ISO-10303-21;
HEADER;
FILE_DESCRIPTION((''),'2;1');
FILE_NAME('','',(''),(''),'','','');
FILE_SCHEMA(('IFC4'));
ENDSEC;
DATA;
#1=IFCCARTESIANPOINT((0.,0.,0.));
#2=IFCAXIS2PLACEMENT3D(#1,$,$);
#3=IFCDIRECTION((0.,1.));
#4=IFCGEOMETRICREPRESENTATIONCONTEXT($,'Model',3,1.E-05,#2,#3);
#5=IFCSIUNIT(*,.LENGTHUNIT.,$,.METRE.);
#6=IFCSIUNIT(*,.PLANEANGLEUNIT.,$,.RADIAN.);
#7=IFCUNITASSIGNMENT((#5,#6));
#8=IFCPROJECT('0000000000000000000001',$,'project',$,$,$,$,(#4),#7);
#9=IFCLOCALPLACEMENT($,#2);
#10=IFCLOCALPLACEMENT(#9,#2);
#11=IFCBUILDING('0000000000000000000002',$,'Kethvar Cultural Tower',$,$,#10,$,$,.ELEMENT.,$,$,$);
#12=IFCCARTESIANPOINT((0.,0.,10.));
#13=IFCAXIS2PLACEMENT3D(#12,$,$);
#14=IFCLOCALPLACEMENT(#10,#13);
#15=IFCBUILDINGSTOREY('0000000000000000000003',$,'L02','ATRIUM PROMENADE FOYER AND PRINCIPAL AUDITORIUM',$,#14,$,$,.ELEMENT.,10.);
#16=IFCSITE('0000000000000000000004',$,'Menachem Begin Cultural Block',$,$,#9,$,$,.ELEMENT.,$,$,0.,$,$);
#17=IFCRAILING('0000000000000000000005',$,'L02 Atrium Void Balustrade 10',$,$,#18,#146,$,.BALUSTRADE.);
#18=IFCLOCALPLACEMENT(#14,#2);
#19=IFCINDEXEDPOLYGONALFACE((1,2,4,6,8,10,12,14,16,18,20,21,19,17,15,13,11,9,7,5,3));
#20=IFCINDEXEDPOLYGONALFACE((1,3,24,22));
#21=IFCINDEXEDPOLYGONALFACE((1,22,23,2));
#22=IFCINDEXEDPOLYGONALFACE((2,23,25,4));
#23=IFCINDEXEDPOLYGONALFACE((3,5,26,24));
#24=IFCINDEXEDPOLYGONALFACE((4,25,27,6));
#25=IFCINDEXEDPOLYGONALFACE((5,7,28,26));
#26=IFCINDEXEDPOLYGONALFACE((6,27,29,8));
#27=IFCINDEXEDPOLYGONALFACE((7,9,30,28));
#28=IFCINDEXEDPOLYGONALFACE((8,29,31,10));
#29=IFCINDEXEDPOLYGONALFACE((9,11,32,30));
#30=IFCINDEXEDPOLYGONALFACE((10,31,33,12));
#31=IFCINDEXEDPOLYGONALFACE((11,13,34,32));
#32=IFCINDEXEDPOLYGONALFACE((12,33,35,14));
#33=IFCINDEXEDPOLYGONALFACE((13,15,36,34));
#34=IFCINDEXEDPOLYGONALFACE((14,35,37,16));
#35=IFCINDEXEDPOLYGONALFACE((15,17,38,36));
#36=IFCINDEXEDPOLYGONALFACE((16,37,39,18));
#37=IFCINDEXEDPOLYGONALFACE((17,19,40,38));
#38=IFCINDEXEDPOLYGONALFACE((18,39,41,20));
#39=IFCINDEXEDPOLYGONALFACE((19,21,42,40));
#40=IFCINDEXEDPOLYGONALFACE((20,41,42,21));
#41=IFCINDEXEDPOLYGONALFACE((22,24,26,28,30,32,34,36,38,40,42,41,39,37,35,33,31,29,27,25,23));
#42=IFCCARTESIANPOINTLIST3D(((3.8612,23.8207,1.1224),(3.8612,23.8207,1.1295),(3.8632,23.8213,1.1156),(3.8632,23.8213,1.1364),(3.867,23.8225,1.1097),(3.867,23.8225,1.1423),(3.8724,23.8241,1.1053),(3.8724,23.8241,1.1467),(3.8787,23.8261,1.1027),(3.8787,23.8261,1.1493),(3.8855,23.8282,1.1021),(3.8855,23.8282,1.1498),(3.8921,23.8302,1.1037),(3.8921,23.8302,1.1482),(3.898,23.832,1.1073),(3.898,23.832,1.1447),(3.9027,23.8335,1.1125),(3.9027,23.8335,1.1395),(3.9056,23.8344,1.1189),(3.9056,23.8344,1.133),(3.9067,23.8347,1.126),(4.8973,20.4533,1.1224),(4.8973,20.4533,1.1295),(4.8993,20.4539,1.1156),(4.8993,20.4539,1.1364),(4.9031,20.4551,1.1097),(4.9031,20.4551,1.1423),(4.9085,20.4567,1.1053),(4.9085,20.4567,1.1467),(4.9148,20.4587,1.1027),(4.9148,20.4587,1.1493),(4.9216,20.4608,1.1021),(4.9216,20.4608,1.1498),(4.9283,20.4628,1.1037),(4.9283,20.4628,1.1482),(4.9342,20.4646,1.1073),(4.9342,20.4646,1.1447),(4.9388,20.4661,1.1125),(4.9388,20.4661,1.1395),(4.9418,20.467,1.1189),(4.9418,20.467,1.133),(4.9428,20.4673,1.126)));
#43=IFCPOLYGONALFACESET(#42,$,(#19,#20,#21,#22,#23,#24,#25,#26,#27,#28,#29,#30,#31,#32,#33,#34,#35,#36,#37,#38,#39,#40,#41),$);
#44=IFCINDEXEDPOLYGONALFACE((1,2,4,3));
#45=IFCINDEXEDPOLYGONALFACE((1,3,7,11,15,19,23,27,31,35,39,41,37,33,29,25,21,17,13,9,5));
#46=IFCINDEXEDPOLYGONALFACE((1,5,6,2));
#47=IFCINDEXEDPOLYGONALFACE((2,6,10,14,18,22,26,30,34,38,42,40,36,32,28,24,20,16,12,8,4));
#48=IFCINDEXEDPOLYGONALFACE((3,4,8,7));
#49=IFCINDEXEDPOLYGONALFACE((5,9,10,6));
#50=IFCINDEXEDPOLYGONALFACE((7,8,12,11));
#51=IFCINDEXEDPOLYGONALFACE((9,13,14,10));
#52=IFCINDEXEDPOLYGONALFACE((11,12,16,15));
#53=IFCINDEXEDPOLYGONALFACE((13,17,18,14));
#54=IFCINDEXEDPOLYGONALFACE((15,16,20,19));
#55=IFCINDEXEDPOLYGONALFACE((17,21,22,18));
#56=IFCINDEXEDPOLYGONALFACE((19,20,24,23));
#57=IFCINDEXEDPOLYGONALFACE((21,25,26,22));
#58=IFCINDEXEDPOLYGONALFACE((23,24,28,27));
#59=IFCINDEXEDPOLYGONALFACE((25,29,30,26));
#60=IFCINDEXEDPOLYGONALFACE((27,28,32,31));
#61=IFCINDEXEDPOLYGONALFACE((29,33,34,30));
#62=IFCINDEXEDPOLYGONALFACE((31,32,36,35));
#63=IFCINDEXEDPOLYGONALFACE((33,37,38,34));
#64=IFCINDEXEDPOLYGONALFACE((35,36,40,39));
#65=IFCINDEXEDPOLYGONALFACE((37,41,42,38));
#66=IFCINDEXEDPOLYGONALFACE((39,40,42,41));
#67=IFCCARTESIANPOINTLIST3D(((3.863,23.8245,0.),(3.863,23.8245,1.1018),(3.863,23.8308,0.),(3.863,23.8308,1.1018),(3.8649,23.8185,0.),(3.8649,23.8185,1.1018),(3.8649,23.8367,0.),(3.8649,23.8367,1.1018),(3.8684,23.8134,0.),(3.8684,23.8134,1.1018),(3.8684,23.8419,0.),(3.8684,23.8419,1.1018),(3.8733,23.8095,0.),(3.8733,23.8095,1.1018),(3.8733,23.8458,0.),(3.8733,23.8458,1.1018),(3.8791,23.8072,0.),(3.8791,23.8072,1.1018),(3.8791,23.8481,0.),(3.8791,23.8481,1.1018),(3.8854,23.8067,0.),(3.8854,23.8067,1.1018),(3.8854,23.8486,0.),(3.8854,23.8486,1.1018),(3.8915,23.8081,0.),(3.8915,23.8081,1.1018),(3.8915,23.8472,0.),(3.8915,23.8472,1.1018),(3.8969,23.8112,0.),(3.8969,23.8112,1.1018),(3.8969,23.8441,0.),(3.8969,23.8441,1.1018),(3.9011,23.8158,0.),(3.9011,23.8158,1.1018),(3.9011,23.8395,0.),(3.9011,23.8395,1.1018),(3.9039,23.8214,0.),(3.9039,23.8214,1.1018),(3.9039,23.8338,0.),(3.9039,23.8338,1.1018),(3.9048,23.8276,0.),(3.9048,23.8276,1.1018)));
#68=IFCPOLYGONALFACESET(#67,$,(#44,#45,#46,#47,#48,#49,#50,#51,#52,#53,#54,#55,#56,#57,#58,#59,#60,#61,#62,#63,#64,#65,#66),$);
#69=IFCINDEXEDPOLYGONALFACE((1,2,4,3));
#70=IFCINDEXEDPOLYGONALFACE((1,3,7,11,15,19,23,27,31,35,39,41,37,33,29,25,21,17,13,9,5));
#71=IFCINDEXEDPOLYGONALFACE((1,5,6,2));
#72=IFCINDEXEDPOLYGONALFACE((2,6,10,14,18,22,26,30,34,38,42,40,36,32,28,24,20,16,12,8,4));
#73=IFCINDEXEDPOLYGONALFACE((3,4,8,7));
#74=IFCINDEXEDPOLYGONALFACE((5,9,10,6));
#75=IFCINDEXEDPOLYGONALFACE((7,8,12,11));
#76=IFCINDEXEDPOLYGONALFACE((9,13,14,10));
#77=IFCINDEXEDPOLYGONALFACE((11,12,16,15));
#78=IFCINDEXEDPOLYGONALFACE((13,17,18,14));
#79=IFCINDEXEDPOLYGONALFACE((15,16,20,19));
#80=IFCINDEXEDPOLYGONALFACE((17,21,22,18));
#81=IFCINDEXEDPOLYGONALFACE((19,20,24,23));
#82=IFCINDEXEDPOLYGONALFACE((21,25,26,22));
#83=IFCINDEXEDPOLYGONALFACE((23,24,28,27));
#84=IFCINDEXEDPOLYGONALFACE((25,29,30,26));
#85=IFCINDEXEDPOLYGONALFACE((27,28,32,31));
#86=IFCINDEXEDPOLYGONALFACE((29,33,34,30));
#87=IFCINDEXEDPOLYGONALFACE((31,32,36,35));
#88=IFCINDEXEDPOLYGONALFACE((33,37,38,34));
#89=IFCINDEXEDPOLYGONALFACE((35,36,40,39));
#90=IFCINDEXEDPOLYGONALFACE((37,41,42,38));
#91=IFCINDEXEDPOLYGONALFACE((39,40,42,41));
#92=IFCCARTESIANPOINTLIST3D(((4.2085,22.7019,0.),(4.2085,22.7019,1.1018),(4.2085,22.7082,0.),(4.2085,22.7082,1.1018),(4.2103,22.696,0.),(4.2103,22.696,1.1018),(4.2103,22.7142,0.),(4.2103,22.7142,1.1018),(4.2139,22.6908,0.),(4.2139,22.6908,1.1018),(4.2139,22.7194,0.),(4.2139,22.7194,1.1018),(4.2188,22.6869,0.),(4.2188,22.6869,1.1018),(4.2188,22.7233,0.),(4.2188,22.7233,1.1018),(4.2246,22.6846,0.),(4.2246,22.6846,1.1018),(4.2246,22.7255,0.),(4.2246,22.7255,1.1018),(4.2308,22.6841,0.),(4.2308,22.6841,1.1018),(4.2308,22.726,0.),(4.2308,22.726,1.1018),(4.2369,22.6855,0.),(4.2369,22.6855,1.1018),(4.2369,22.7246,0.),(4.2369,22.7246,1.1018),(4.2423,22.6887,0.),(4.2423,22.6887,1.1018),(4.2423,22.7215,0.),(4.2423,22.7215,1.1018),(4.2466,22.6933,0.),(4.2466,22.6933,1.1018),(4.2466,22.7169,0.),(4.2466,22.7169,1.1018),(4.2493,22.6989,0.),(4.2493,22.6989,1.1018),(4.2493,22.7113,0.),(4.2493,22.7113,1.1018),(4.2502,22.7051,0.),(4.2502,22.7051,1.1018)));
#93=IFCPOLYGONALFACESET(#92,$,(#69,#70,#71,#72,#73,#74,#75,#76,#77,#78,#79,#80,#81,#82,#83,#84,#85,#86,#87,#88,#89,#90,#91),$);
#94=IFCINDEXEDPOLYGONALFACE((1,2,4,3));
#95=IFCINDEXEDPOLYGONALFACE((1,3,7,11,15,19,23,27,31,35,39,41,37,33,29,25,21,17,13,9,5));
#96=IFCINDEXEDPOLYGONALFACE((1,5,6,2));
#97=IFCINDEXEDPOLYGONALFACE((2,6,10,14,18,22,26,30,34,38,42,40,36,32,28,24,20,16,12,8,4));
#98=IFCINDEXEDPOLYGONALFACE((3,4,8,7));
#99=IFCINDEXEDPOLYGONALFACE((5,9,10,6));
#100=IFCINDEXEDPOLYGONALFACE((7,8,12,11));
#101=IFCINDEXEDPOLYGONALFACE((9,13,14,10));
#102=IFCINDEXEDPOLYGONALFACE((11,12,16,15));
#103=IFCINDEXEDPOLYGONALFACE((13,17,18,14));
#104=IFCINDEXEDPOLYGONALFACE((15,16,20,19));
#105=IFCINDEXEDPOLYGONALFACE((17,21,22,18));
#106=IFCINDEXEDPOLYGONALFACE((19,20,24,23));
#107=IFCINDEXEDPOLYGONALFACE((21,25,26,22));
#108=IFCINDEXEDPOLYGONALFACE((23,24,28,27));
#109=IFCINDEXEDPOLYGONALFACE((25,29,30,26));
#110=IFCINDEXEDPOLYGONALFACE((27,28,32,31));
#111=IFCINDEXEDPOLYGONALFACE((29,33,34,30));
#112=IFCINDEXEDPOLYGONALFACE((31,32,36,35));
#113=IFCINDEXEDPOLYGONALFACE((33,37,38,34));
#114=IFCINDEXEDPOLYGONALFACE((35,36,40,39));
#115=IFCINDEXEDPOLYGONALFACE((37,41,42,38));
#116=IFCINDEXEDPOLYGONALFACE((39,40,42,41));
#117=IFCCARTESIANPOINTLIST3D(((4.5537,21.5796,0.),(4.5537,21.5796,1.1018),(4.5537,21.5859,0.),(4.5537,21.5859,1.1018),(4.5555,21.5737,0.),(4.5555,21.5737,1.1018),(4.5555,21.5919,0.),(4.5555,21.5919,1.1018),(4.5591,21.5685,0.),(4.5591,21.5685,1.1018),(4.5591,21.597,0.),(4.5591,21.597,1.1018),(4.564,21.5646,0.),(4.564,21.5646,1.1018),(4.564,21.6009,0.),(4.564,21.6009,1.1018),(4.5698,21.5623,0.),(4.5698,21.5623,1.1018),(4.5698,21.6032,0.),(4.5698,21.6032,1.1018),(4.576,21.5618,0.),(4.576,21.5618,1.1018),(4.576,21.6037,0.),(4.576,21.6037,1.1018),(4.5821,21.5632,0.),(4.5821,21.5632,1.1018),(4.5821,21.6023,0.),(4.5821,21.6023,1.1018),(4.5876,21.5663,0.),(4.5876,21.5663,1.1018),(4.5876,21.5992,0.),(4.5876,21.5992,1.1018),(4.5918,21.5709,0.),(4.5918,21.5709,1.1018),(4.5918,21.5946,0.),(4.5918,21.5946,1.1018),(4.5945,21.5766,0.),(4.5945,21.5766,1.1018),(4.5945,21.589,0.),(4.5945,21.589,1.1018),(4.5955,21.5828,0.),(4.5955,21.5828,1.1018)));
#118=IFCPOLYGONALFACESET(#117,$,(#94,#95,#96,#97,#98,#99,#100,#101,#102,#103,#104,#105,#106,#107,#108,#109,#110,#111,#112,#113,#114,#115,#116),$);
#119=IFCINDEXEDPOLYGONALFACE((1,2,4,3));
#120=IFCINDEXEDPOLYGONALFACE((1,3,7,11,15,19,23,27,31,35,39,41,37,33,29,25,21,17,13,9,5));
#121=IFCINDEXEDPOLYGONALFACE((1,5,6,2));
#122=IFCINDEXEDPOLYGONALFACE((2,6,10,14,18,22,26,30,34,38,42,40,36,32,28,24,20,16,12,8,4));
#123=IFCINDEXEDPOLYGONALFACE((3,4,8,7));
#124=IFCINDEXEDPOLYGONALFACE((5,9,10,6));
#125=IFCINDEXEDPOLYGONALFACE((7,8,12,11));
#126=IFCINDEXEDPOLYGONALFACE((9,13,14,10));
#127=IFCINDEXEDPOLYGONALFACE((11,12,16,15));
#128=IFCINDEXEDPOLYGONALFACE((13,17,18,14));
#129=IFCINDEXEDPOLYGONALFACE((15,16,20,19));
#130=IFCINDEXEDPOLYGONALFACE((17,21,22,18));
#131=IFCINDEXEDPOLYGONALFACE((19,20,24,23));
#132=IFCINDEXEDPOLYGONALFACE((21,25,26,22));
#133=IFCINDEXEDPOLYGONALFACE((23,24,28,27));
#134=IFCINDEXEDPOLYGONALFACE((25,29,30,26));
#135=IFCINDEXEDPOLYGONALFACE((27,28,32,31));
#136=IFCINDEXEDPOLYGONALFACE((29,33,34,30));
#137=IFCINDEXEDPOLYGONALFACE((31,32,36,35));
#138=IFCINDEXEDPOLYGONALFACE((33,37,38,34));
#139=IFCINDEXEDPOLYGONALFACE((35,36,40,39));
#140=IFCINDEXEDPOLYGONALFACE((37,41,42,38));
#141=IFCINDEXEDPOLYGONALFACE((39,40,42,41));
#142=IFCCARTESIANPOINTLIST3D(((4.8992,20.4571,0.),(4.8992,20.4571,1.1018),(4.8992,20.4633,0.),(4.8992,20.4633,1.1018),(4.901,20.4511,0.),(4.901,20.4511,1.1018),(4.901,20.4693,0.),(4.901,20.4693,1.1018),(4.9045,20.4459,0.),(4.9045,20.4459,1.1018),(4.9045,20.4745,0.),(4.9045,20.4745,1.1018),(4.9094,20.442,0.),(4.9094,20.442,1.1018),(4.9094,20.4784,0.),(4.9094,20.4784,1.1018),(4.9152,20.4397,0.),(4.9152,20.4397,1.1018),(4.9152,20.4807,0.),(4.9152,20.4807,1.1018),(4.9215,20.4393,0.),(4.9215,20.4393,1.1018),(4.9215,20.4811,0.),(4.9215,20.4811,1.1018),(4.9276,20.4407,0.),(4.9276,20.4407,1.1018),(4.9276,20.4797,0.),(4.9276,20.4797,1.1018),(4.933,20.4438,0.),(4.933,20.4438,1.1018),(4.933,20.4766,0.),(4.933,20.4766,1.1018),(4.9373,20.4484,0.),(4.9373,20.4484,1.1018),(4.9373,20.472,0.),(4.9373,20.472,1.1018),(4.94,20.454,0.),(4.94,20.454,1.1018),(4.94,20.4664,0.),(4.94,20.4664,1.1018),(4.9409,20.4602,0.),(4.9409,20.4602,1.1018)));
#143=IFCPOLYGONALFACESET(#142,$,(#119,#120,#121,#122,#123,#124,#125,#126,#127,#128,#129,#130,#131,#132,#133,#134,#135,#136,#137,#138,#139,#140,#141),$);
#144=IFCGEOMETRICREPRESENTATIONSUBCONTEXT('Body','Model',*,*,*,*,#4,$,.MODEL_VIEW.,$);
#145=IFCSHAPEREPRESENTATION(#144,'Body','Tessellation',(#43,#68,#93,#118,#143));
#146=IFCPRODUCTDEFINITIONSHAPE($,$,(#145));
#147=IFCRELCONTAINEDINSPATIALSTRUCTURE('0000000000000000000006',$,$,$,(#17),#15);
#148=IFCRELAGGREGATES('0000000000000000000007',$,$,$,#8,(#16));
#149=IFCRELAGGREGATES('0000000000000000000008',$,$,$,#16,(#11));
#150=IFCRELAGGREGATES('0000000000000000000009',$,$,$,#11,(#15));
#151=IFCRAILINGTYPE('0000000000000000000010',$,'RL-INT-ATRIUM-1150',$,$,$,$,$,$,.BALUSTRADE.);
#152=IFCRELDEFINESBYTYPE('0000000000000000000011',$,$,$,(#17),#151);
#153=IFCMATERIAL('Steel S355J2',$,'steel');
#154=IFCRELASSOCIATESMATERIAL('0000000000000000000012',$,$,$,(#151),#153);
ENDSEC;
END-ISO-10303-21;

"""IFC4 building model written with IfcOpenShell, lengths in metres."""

from ifc_helpers import new_model, si_unit, direction, frame, origin, origin_2d, place, context, subcontext, project, spatial, circle, extrude, material, type_object, element, save


model = new_model("IFC4")

# Units and contexts
model_context = context("Model", 3, precision=1e-05, world=origin(), true_north=direction((0.0, 1.0)))
body_context = subcontext(model_context, "Body", "Model", "MODEL_VIEW")
ifc_project = project(units=[si_unit("LENGTHUNIT", "METRE"), si_unit("PLANEANGLEUNIT", "RADIAN")], contexts=[model_context])

# Site, building, storey
site_placement = place(None, origin())
site = spatial("IfcSite", under=ifc_project, at=site_placement, Name="Menachem Begin Cultural Block", CompositionType="ELEMENT", RefElevation=0.0)
building_placement = place(site_placement, origin())
building = spatial("IfcBuilding", under=site, at=building_placement, Name="Kethvar Cultural Tower", CompositionType="ELEMENT")
storey_placement = place(building_placement, frame((0.0, 0.0, 10.0)))
storey = spatial("IfcBuildingStorey", under=building, at=storey_placement, Name="L02", Description="ATRIUM PROMENADE FOYER AND PRINCIPAL AUDITORIUM", CompositionType="ELEMENT", Elevation=10.0)

# Shared definitions
ifc_material_1 = material(Name="Steel S355J2", Category="steel")

# Railing
railing_type = type_object("IfcRailingType", Name="RL-INT-ATRIUM-1150", PredefinedType="BALUSTRADE", material=ifc_material_1)
railing_1_placement = place(storey_placement, frame((3.8838, 23.8276, 0.0)))
element("IfcRailing", 1, at=railing_1_placement, inside=storey, type_object=railing_type, Name="L02 Atrium Void Balustrade 10", PredefinedType="BALUSTRADE", context=body_context, shape_type="SweptSolid", body=[
    extrude(circle(Radius=0.0239, at=origin_2d()), frame((0.0, 0.0, 1.126), z_axis=(0.294086, -0.955779, 0.0), x_axis=(0.955779, 0.294086, 0.0)), (0.0, 0.0, 1.0), 3.5232),
    extrude(circle(Radius=0.021, at=origin_2d()), origin(), (0.0, 0.0, 1.0), 1.1018),
    extrude(circle(Radius=0.021, at=origin_2d()), frame((0.3455, -1.1226, 0.0)), (0.0, 0.0, 1.0), 1.1018),
    extrude(circle(Radius=0.021, at=origin_2d()), frame((0.6907, -2.2449, 0.0)), (0.0, 0.0, 1.0), 1.1018),
    extrude(circle(Radius=0.021, at=origin_2d()), frame((1.0361, -3.3674, 0.0)), (0.0, 0.0, 1.0), 1.1018),
])

save(model, "model.ifc")
